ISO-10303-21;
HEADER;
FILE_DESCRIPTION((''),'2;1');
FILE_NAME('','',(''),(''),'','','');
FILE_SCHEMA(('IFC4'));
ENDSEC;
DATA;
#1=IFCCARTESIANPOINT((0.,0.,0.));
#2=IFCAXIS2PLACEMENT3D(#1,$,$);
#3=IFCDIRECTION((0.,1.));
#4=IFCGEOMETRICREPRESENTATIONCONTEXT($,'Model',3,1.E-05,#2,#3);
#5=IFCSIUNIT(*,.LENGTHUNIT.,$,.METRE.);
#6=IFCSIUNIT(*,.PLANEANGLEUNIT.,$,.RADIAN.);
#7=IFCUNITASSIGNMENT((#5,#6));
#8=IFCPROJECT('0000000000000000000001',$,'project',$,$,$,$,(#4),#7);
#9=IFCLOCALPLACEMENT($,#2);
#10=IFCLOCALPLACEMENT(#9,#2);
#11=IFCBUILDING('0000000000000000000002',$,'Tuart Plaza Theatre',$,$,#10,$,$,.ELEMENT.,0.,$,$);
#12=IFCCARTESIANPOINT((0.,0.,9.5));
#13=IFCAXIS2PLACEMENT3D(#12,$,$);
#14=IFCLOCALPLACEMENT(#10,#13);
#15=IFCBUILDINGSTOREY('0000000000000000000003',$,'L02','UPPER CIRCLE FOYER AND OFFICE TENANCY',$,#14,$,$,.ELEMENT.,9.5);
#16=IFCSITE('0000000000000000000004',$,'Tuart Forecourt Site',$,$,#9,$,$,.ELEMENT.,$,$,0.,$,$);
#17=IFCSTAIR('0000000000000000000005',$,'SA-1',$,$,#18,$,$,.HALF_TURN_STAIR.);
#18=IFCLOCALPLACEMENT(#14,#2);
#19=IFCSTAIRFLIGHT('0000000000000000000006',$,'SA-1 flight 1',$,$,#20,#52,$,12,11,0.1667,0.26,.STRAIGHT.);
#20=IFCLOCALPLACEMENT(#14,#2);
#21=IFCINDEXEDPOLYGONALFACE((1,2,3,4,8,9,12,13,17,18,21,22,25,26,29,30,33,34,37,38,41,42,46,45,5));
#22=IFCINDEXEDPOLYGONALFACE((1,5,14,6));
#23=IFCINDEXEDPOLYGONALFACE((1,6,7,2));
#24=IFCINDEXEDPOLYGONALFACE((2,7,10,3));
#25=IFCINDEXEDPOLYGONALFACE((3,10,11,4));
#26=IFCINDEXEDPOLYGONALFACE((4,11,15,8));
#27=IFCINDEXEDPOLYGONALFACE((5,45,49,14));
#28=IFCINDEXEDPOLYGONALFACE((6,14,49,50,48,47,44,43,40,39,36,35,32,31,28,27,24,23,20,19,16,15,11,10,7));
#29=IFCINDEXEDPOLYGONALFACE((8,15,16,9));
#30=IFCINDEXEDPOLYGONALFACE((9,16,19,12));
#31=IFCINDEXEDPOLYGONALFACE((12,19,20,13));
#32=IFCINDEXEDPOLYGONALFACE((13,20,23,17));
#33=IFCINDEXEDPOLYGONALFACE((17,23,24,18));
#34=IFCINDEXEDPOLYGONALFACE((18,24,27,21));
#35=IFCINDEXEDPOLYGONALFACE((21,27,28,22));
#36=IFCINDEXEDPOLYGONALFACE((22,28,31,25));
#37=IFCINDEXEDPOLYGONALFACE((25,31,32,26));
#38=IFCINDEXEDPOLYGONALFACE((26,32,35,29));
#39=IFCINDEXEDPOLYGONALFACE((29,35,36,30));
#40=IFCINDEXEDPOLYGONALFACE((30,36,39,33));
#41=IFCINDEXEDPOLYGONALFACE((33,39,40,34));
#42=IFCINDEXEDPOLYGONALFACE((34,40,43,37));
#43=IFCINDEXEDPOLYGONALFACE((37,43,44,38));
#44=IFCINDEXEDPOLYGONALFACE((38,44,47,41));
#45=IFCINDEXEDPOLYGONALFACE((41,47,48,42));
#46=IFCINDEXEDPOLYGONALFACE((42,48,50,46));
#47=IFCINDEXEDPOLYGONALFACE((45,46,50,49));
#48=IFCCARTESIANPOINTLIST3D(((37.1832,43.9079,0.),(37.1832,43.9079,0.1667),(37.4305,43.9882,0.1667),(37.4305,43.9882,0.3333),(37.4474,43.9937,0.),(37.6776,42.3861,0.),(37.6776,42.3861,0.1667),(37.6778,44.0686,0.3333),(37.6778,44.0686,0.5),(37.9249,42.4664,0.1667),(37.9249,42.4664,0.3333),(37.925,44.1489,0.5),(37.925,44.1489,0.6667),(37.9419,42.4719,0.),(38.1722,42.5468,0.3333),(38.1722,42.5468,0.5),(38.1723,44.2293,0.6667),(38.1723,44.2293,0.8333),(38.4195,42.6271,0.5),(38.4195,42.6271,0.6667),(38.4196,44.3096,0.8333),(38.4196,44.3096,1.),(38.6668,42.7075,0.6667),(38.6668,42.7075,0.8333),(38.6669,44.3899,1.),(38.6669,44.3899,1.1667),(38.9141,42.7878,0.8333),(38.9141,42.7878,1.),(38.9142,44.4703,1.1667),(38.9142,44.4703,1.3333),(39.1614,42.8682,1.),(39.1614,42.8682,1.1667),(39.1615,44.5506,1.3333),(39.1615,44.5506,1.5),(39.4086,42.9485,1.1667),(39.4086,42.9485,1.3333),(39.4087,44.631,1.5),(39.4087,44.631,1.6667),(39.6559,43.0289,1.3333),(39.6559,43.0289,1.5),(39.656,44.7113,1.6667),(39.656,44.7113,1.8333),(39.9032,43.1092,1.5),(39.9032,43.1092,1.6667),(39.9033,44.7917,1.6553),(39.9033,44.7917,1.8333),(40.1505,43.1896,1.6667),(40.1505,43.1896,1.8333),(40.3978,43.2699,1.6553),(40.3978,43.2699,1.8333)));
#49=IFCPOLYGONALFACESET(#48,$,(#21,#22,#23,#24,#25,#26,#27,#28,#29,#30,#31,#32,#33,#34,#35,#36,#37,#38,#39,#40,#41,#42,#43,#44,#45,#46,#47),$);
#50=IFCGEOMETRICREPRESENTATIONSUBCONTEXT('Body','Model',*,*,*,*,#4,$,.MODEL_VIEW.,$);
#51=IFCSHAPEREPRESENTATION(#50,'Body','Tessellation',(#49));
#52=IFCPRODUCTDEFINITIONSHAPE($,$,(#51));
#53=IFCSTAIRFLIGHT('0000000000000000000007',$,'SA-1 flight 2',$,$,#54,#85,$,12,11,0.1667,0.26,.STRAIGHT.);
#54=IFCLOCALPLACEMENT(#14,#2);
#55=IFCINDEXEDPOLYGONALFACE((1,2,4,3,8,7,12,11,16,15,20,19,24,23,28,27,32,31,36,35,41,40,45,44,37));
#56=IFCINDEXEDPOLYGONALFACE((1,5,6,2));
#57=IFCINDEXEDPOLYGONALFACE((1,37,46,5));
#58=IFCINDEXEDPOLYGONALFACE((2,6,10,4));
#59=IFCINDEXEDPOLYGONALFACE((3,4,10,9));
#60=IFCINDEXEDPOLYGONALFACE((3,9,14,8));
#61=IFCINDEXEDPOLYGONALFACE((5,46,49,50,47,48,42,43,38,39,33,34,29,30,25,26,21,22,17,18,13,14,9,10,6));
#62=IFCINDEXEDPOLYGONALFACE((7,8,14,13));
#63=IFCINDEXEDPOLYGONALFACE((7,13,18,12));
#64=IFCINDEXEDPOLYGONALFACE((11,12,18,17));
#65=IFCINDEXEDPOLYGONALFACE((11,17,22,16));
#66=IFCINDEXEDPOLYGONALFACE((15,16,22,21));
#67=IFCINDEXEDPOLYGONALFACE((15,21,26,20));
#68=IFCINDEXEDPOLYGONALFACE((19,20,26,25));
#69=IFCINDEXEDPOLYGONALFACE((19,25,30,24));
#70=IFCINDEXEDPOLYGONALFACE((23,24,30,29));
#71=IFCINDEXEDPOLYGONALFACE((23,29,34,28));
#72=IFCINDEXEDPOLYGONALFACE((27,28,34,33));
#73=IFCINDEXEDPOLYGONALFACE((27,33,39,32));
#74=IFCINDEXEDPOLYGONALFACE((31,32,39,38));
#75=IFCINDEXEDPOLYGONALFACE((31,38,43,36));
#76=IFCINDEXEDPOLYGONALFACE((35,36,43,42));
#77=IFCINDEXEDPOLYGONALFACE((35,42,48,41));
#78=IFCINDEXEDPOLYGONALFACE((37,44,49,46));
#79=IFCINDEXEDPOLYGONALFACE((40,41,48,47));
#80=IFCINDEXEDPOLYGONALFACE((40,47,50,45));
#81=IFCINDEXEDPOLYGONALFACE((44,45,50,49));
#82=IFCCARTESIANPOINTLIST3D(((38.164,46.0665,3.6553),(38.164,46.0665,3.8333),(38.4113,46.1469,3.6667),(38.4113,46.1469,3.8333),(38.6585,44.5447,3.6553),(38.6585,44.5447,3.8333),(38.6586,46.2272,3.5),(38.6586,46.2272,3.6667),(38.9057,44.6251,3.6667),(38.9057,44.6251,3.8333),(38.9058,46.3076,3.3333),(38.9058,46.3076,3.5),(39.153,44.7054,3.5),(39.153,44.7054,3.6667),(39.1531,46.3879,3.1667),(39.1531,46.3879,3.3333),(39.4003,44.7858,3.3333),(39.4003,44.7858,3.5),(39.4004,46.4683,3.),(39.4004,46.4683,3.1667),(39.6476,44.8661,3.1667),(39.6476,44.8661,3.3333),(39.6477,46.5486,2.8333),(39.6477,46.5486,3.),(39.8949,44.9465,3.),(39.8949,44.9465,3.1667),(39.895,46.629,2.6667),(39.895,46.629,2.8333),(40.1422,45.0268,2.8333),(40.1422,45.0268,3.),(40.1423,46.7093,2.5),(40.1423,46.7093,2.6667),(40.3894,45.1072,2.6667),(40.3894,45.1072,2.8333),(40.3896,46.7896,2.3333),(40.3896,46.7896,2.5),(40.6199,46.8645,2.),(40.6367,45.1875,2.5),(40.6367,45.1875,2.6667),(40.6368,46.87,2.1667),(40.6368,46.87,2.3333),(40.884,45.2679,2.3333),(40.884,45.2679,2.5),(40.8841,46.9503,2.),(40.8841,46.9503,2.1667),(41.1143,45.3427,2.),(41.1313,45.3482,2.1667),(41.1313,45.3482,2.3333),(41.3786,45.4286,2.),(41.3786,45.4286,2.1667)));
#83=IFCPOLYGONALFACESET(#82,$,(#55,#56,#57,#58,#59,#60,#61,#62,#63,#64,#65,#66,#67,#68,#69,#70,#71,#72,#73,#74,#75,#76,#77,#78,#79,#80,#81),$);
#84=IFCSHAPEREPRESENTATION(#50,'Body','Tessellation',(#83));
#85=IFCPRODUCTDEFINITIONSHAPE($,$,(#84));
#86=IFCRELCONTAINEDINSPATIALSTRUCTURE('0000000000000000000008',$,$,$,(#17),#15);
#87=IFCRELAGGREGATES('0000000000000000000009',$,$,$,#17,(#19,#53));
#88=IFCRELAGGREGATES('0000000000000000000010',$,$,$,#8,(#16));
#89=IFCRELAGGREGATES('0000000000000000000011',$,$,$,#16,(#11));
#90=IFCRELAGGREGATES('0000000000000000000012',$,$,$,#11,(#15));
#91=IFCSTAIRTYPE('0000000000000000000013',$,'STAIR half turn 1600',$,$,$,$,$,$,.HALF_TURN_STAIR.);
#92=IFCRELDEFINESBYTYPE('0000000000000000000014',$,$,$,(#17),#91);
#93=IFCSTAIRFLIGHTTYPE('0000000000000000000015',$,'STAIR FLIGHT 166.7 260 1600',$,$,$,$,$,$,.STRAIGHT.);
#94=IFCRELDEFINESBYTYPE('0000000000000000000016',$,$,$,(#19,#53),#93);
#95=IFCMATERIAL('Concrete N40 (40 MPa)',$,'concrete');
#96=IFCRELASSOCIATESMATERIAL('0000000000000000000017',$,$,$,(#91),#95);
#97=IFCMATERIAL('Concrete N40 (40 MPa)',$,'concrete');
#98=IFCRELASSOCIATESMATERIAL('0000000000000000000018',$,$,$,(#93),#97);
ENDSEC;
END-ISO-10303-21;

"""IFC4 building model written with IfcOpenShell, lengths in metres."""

from ifc_helpers import new_model, si_unit, direction, frame, origin, place, context, subcontext, project, spatial, polyline, outline, extrude, material, type_object, element, aggregate, save


model = new_model("IFC4")

# Units and contexts
model_context = context("Model", 3, precision=1e-05, world=origin(), true_north=direction((0.0, 1.0)))
body_context = subcontext(model_context, "Body", "Model", "MODEL_VIEW")
ifc_project = project(units=[si_unit("LENGTHUNIT", "METRE"), si_unit("PLANEANGLEUNIT", "RADIAN")], contexts=[model_context])

# Site, building, storey
site_placement = place(None, origin())
site = spatial("IfcSite", under=ifc_project, at=site_placement, Name="Tuart Forecourt Site", CompositionType="ELEMENT", RefElevation=0.0)
building_placement = place(site_placement, origin())
building = spatial("IfcBuilding", under=site, at=building_placement, Name="Tuart Plaza Theatre", CompositionType="ELEMENT", ElevationOfRefHeight=0.0)
storey_placement = place(building_placement, frame((0.0, 0.0, 9.5)))
storey = spatial("IfcBuildingStorey", under=building, at=storey_placement, Name="L02", Description="UPPER CIRCLE FOYER AND OFFICE TENANCY", CompositionType="ELEMENT", Elevation=9.5)

# Stair, stair flights
ifc_material_1 = material(Name="Concrete N40 (40 MPa)", Category="concrete")
stair_type = type_object("IfcStairType", Name="STAIR half turn 1600", PredefinedType="HALF_TURN_STAIR", material=ifc_material_1)
stair_placement = place(storey_placement, origin())
stair = element("IfcStair", 1, at=stair_placement, inside=storey, type_object=stair_type, Name="SA-1", PredefinedType="HALF_TURN_STAIR")
ifc_material_2 = material(Name="Concrete N40 (40 MPa)", Category="concrete")
stair_flight_type = type_object("IfcStairFlightType", Name="STAIR FLIGHT 166.7 260 1600", PredefinedType="STRAIGHT", material=ifc_material_2)
stair_flight_1_placement = place(storey_placement, frame((37.4304, 43.147, 0.0), z_axis=(0.0, 0.0, 1.0), x_axis=(0.951057, 0.309017, 0.0)))
stair_flight_1 = element("IfcStairFlight", 2, at=stair_flight_1_placement, type_object=stair_flight_type, Name="SA-1 flight 1", NumberOfRisers=12, NumberOfTreads=11, PredefinedType="STRAIGHT", RiserHeight=0.1667, TreadLength=0.26, context=body_context, shape_type="SweptSolid", body=[
    extrude(outline(polyline([(0.0, 0.0), (0.0, 0.1667), (0.26, 0.1667), (0.26, 0.3333), (0.52, 0.3333), (0.52, 0.5), (0.78, 0.5), (0.78, 0.6667), (1.04, 0.6667), (1.04, 0.8333), (1.3, 0.8333), (1.3, 1.0), (1.5601, 1.0), (1.5601, 1.1667), (1.8201, 1.1667), (1.8201, 1.3333), (2.0801, 1.3333), (2.0801, 1.5), (2.3401, 1.5), (2.3401, 1.6667), (2.6001, 1.6667), (2.6001, 1.8333), (2.8601, 1.8333), (2.8601, 2.0), (2.8601, 1.6553), (0.2778, 0.0), (0.0, 0.0)])), frame((0.0, 0.8, 0.0), z_axis=(0.0, -1.0, 0.0), x_axis=(1.0, 0.0, 0.0)), (0.0, 0.0, 1.0), 1.6001),
])
stair_flight_2_placement = place(storey_placement, frame((41.1313, 46.1895, 2.0), z_axis=(0.0, 0.0, 1.0), x_axis=(-0.951057, -0.309017, 0.0)))
stair_flight_2 = element("IfcStairFlight", 3, at=stair_flight_2_placement, type_object=stair_flight_type, Name="SA-1 flight 2", NumberOfRisers=12, NumberOfTreads=11, PredefinedType="STRAIGHT", RiserHeight=0.1667, TreadLength=0.26, context=body_context, shape_type="SweptSolid", body=[
    extrude(outline(polyline([(0.0, 0.0), (0.0, 0.1667), (0.26, 0.1667), (0.26, 0.3333), (0.52, 0.3333), (0.52, 0.5), (0.78, 0.5), (0.78, 0.6667), (1.04, 0.6667), (1.04, 0.8333), (1.3, 0.8333), (1.3, 1.0), (1.5601, 1.0), (1.5601, 1.1667), (1.8201, 1.1667), (1.8201, 1.3333), (2.0801, 1.3333), (2.0801, 1.5), (2.3401, 1.5), (2.3401, 1.6667), (2.6001, 1.6667), (2.6001, 1.8333), (2.8601, 1.8333), (2.8601, 2.0), (2.8601, 1.6553), (0.2778, 0.0), (0.0, 0.0)])), frame((0.0, 0.8, 0.0), z_axis=(0.0, -1.0, 0.0), x_axis=(1.0, 0.0, 0.0)), (0.0, 0.0, 1.0), 1.6001),
])
aggregate(stair, [stair_flight_1, stair_flight_2])

save(model, "model.ifc")
